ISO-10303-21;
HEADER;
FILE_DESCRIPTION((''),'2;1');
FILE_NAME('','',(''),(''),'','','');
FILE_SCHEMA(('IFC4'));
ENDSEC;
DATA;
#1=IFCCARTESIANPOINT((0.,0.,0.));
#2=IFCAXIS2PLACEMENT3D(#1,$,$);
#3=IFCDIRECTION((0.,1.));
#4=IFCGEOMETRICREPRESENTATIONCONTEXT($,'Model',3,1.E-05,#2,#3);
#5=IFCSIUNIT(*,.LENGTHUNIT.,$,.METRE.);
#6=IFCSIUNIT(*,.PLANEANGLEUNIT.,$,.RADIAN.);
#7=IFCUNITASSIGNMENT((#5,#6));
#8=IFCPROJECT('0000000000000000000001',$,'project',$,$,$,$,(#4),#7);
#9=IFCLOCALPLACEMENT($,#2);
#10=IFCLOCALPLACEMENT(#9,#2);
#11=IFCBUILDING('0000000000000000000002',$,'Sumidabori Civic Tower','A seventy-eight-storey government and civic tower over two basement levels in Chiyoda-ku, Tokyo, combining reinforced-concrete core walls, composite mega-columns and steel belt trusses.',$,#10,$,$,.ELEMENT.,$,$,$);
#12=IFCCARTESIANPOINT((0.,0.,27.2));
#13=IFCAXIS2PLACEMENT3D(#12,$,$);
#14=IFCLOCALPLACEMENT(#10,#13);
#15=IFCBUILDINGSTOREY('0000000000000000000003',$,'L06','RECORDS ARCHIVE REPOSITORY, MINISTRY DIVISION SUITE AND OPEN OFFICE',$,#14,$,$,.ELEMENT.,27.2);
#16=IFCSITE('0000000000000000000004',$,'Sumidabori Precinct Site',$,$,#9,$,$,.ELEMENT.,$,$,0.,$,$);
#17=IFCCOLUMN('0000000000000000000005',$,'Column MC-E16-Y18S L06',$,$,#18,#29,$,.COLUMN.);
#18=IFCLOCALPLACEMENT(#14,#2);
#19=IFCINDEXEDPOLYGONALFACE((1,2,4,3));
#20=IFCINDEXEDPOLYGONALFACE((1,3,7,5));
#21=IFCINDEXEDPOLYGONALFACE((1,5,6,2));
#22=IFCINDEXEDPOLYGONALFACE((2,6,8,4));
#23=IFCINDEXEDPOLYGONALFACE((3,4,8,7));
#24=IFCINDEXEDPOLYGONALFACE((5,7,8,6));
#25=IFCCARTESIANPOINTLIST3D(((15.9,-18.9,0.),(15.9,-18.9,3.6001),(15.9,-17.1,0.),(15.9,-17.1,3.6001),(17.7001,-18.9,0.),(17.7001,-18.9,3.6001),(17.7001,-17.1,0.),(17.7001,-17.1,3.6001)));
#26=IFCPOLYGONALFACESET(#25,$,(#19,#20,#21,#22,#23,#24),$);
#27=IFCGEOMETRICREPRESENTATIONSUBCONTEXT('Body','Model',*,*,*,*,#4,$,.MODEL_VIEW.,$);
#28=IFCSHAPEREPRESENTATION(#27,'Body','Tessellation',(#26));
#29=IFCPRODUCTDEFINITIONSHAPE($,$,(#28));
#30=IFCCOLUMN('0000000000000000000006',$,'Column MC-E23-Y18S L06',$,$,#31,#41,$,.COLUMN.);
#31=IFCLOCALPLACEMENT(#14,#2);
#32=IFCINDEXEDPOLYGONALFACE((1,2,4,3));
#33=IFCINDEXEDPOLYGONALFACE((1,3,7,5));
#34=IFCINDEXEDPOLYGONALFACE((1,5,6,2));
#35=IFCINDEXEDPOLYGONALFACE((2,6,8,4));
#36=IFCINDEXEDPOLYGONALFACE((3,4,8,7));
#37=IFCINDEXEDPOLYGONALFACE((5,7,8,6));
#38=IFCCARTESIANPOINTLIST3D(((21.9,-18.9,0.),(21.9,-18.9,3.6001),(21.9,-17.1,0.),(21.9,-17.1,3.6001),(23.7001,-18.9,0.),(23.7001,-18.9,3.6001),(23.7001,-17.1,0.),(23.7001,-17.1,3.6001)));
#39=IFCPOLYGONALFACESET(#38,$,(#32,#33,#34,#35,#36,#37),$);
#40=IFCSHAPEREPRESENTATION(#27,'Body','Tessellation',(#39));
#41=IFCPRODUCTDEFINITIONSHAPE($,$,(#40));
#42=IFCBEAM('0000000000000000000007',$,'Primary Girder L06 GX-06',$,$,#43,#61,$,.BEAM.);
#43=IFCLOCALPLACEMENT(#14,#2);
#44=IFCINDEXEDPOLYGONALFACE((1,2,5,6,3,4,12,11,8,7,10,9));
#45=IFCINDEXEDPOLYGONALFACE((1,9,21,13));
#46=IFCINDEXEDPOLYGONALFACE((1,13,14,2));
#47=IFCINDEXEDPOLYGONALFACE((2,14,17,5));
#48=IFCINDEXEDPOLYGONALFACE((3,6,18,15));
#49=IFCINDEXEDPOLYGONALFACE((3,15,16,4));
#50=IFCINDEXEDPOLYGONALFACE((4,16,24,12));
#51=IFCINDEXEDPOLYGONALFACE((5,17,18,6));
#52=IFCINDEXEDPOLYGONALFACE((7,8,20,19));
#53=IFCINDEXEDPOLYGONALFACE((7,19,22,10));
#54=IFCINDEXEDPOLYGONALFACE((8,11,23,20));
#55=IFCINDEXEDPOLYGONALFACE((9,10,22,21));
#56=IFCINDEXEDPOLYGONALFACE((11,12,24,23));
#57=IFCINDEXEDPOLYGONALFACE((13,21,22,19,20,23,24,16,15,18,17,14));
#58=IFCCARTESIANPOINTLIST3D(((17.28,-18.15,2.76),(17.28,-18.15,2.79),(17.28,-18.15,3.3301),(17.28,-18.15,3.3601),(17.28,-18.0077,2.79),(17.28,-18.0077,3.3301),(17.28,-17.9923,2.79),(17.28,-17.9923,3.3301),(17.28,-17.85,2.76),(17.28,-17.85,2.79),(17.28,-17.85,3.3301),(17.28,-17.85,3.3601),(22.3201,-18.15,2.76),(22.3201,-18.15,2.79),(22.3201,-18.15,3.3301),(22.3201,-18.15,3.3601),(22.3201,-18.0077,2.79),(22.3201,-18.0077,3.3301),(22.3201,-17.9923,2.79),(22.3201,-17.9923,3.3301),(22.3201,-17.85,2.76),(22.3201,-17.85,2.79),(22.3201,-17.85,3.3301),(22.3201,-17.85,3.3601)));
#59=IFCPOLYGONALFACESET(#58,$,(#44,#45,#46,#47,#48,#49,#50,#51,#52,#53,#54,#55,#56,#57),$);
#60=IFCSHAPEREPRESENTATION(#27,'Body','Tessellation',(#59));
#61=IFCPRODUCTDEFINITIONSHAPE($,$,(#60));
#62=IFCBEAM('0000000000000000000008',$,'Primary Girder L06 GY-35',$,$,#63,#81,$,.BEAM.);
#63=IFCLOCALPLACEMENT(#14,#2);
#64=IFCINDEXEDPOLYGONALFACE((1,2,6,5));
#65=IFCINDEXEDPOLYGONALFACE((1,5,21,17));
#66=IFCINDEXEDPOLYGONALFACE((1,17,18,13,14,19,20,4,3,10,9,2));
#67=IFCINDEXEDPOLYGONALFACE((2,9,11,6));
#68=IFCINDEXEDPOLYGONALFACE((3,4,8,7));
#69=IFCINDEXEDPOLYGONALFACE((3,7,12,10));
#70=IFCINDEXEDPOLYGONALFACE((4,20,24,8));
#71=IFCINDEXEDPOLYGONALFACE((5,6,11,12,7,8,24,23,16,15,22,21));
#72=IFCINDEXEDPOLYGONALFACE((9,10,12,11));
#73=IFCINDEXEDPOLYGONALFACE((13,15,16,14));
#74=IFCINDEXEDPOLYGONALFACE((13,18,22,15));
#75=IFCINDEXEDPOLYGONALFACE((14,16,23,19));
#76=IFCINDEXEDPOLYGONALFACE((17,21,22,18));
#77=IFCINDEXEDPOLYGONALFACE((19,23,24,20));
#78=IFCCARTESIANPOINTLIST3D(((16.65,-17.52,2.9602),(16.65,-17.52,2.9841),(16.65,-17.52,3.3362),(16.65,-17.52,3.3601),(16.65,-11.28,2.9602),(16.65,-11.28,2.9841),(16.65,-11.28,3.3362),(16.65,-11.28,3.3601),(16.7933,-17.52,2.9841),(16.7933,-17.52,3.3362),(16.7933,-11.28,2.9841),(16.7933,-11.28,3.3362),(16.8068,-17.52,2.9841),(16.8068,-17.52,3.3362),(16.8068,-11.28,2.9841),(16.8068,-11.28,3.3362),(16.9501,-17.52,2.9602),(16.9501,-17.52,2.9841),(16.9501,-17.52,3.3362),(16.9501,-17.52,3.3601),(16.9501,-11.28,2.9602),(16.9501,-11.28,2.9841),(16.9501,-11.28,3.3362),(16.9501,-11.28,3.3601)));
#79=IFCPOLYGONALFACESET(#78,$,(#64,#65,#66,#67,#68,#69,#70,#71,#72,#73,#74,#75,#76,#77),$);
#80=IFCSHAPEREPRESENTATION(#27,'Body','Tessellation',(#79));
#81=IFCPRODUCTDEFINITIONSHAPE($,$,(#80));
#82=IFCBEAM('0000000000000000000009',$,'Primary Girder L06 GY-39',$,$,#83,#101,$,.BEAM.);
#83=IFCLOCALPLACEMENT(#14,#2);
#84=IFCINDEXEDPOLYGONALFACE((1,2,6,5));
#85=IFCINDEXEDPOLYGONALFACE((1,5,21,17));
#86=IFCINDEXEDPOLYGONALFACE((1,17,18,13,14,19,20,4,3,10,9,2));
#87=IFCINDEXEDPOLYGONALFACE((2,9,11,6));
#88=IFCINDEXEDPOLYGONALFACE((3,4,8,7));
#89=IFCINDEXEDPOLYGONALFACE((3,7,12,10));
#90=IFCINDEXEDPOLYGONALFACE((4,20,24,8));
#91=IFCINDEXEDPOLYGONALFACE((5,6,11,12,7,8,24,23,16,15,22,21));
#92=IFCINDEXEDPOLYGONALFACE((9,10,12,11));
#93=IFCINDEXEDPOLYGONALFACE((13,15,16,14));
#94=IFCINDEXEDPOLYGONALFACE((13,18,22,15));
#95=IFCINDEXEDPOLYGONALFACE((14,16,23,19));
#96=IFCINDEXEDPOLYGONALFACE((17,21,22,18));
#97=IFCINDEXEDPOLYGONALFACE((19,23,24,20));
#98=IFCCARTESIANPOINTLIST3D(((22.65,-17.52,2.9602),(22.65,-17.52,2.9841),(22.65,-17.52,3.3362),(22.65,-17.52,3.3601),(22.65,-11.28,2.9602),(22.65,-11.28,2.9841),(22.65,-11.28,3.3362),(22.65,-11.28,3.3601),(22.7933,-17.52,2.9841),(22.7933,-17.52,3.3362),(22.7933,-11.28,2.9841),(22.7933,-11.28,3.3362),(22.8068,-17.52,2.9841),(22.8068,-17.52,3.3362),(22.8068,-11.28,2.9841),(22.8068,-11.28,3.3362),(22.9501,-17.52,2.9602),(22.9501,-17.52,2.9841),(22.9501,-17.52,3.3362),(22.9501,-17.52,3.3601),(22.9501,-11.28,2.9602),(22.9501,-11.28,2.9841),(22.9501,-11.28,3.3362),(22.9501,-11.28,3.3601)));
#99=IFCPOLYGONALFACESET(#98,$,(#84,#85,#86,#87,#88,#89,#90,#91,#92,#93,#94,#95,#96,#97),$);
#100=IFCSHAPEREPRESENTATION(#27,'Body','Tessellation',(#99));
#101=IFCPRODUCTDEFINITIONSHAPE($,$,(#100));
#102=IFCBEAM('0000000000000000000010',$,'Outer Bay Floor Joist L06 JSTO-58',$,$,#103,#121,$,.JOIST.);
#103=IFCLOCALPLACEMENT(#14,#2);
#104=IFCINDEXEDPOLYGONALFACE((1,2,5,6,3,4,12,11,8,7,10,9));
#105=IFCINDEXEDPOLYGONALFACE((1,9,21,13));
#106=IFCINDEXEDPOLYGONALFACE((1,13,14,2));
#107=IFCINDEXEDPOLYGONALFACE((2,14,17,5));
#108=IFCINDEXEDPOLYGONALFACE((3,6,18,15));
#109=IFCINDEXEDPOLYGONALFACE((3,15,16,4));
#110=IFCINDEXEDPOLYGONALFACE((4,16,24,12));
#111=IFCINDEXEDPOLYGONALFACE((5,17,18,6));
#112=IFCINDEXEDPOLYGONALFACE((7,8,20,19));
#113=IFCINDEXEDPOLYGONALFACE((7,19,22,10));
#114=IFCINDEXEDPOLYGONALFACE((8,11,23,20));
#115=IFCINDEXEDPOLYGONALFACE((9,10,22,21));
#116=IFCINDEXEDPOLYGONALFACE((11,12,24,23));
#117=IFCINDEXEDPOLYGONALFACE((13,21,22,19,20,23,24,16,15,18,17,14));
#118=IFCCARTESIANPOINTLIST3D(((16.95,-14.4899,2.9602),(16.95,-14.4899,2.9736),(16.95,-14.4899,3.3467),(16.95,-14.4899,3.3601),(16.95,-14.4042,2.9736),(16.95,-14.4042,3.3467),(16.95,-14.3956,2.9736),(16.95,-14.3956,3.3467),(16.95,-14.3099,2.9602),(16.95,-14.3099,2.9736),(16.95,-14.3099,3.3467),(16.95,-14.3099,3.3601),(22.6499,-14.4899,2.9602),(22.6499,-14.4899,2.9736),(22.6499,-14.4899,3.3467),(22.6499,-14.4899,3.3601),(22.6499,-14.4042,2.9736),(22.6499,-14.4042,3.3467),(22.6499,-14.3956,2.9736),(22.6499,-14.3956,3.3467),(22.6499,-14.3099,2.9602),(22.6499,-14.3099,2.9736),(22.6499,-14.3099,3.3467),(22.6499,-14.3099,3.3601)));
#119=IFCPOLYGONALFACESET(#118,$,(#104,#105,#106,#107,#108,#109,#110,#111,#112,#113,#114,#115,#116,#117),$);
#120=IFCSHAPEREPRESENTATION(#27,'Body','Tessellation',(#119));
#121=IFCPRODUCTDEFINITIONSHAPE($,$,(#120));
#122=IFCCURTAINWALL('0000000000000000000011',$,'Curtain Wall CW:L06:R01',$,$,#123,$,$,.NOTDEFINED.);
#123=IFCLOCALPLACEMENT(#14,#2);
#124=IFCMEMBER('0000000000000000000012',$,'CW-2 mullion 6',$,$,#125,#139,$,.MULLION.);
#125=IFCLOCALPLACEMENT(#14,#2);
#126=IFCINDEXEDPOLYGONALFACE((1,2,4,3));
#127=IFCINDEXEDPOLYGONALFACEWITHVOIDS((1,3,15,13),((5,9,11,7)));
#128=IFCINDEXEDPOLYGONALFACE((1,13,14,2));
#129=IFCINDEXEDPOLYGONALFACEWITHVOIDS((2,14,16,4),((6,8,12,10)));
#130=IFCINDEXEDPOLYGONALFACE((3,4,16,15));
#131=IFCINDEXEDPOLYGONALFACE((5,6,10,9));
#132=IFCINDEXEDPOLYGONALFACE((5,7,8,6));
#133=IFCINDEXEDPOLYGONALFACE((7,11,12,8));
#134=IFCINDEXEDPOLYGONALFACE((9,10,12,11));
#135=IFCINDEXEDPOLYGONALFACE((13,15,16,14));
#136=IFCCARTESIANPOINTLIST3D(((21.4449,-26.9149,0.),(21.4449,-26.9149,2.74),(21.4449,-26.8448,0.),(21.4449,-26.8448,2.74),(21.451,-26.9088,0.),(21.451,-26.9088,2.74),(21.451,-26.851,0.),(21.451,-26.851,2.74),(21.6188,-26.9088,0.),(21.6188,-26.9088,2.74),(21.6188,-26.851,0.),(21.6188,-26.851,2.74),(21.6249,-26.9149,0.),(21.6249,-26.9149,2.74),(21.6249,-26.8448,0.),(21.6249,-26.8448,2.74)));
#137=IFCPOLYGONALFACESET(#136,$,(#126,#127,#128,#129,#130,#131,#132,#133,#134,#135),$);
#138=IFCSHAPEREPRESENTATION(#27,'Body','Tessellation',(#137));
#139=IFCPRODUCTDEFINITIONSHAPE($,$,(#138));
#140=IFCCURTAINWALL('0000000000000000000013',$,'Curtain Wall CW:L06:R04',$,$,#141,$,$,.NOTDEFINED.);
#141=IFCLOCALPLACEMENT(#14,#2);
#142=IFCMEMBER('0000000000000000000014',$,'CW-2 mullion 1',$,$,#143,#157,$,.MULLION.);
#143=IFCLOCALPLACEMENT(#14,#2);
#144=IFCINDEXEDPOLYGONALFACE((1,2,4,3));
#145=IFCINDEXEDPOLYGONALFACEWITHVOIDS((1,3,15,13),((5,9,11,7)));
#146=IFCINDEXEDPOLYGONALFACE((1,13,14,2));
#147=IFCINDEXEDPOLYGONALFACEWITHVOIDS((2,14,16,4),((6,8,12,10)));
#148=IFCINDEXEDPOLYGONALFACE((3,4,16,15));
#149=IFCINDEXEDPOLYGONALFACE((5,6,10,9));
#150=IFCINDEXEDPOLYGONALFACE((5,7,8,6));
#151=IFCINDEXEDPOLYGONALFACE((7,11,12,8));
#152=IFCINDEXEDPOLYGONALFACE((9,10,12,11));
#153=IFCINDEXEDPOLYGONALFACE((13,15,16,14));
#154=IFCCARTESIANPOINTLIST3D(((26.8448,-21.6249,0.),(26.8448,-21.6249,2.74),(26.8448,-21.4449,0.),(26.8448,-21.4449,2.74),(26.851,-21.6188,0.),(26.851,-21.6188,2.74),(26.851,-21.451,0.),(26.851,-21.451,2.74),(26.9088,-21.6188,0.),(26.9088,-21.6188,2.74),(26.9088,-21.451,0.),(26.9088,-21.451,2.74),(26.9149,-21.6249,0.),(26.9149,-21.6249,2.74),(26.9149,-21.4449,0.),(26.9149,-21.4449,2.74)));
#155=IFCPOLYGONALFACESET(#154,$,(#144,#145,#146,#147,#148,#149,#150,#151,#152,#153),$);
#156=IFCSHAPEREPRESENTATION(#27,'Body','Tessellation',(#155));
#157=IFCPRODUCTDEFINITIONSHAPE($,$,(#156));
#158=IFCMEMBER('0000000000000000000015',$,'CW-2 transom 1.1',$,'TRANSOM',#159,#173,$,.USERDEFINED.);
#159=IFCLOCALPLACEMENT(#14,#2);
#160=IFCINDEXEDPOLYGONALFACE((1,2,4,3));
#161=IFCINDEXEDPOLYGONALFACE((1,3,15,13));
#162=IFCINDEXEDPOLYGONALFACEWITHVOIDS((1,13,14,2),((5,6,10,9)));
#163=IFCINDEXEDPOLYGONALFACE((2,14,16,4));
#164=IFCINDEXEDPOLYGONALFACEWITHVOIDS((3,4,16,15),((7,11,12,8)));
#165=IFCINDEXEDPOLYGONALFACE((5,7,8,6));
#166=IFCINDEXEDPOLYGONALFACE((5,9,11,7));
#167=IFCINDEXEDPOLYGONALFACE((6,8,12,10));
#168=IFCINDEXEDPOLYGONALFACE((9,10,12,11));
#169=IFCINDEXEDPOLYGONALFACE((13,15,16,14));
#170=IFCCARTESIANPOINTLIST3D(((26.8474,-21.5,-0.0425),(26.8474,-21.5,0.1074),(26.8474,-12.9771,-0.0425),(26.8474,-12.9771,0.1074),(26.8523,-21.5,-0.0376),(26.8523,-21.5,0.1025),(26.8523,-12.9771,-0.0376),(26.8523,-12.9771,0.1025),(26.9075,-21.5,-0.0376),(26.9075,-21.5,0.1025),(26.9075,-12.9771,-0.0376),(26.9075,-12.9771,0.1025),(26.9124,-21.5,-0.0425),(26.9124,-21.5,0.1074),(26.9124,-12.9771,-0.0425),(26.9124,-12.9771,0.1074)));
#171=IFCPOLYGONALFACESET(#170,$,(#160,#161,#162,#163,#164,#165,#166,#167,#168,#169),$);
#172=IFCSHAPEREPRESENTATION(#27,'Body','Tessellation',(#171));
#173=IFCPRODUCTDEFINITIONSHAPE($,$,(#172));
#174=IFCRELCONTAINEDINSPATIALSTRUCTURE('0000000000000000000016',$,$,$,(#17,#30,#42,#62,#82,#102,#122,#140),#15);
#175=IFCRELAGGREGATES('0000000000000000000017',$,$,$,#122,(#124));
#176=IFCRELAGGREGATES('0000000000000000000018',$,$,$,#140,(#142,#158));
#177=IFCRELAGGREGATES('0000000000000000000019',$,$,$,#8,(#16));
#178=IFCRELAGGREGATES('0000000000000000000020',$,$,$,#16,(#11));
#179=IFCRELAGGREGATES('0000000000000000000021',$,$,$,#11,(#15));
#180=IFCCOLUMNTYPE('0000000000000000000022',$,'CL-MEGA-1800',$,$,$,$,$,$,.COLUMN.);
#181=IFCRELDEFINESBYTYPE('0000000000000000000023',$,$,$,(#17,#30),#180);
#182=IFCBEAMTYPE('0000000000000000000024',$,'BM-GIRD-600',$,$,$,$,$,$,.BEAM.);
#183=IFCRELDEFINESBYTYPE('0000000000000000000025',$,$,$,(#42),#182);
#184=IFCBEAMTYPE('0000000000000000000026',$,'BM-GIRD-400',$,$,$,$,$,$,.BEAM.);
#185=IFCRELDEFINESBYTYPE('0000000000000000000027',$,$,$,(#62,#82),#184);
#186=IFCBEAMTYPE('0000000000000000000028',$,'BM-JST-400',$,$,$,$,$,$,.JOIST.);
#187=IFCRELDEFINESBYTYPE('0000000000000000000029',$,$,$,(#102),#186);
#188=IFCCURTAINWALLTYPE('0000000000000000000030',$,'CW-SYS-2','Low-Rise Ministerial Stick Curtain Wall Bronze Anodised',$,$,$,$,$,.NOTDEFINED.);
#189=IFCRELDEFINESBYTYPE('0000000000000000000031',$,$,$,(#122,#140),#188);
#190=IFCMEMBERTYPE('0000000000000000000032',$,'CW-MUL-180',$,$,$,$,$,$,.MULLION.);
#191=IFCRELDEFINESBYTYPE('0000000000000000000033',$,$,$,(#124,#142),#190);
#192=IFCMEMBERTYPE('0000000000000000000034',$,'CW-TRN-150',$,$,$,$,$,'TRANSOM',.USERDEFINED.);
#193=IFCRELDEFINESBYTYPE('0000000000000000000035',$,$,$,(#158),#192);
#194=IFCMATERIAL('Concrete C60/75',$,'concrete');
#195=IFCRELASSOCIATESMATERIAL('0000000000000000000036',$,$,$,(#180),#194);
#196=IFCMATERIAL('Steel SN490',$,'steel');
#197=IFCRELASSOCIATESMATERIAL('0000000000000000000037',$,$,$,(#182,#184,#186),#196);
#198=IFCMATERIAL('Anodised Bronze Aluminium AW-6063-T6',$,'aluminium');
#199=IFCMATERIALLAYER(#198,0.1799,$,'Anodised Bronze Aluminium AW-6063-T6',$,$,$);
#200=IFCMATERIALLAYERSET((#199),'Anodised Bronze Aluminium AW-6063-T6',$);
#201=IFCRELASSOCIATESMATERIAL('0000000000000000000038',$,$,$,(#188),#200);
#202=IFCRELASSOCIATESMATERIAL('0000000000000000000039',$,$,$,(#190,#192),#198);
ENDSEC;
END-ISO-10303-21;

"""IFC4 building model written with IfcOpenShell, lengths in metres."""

from ifc_helpers import new_model, si_unit, direction, frame, origin, origin_2d, place, context, subcontext, project, spatial, rectangle, hollow_rectangle, i_section, extrude, source, transform, mapped, material, layer, layer_set, material_profile, profile_set, type_object, element, aggregate, save


model = new_model("IFC4")

# Units and contexts
model_context = context("Model", 3, precision=1e-05, world=origin(), true_north=direction((0.0, 1.0)))
body_context = subcontext(model_context, "Body", "Model", "MODEL_VIEW")
ifc_project = project(units=[si_unit("LENGTHUNIT", "METRE"), si_unit("PLANEANGLEUNIT", "RADIAN")], contexts=[model_context])

# Site, building, storey
site_placement = place(None, origin())
site = spatial("IfcSite", under=ifc_project, at=site_placement, Name="Sumidabori Precinct Site", CompositionType="ELEMENT", RefElevation=0.0)
building_placement = place(site_placement, origin())
building = spatial("IfcBuilding", under=site, at=building_placement, Name="Sumidabori Civic Tower", Description="A seventy-eight-storey government and civic tower over two basement levels in Chiyoda-ku, Tokyo, combining reinforced-concrete core walls, composite mega-columns and steel belt trusses.", CompositionType="ELEMENT")
storey_placement = place(building_placement, frame((0.0, 0.0, 27.2)))
storey = spatial("IfcBuildingStorey", under=building, at=storey_placement, Name="L06", Description="RECORDS ARCHIVE REPOSITORY, MINISTRY DIVISION SUITE AND OPEN OFFICE", CompositionType="ELEMENT", Elevation=27.2)

# Columns
ifc_material_1 = material(Name="Concrete C60/75", Category="concrete")
ifc_material_profile_1 = material_profile(ifc_material_1, rectangle(XDim=1.8, YDim=1.8, at=origin_2d()), Name="RC 1800x1800")
ifc_profile_set_1 = profile_set([ifc_material_profile_1], Name="Concrete C60/75")
column_type = type_object("IfcColumnType", Name="CL-MEGA-1800", PredefinedType="COLUMN", material=ifc_profile_set_1)
shared_shape_1 = source(origin(), body_context, "Body", "SweptSolid", [
    extrude(rectangle(XDim=1.8, YDim=1.8, at=origin_2d()), origin(), (0.0, 0.0, 1.0), 3.6001),
])
for number, where, z_axis, x_axis, name in (
    (1, (16.8, -18.0, 0.0), (0.0, 0.0, 1.0), (1.0, 0.0, 0.0), "Column MC-E16-Y18S L06"),
    (2, (22.8, -18.0, 0.0), (0.0, 0.0, 1.0), (1.0, 0.0, 0.0), "Column MC-E23-Y18S L06"),
):
    element("IfcColumn", number, at=place(storey_placement, frame(where, z_axis=z_axis, x_axis=x_axis)), inside=storey, type_object=column_type, Name=name, PredefinedType="COLUMN", context=body_context, shape_type="MappedRepresentation", body=[
        mapped(shared_shape_1, transform((0.0, 0.0, 0.0), x_axis=(1.0, 0.0, 0.0), y_axis=(0.0, 1.0, 0.0), z_axis=(0.0, 0.0, 1.0), scale=1.0)),
    ])

# Beams
ifc_material_2 = material(Name="Steel SN490", Category="steel")
ifc_material_profile_2 = material_profile(ifc_material_2, i_section(OverallWidth=0.3, OverallDepth=0.6001, WebThickness=0.0154, FlangeThickness=0.03, at=origin_2d()), Name="HE 600 B")
ifc_profile_set_2 = profile_set([ifc_material_profile_2], Name="Steel SN490")
beam_type_1 = type_object("IfcBeamType", Name="BM-GIRD-600", PredefinedType="BEAM", material=ifc_profile_set_2)
shared_shape_2 = source(origin(), body_context, "Body", "SweptSolid", [
    extrude(i_section(OverallWidth=0.3, OverallDepth=0.6001, WebThickness=0.0154, FlangeThickness=0.03, at=origin_2d()), origin(), (0.0, 0.0, 1.0), 5.04),
])
beam_1_placement = place(storey_placement, frame((17.28, -18.0, 3.0601), z_axis=(1.0, 0.0, 0.0), x_axis=(0.0, 1.0, 0.0)))
element("IfcBeam", 3, at=beam_1_placement, inside=storey, type_object=beam_type_1, Name="Primary Girder L06 GX-06", PredefinedType="BEAM", context=body_context, shape_type="MappedRepresentation", body=[
    mapped(shared_shape_2, transform((0.0, 0.0, 0.0), x_axis=(1.0, 0.0, 0.0), y_axis=(0.0, 1.0, 0.0), z_axis=(0.0, 0.0, 1.0), scale=1.0)),
])
ifc_material_profile_3 = material_profile(ifc_material_2, i_section(OverallWidth=0.3, OverallDepth=0.3999, WebThickness=0.0134, FlangeThickness=0.0239, at=origin_2d()), Name="HE 400 B")
ifc_profile_set_3 = profile_set([ifc_material_profile_3], Name="Steel SN490")
beam_type_2 = type_object("IfcBeamType", Name="BM-GIRD-400", PredefinedType="BEAM", material=ifc_profile_set_3)
shared_shape_3 = source(origin(), body_context, "Body", "SweptSolid", [
    extrude(i_section(OverallWidth=0.3, OverallDepth=0.3999, WebThickness=0.0134, FlangeThickness=0.0239, at=origin_2d()), origin(), (0.0, 0.0, 1.0), 6.24),
])
for number, where, z_axis, x_axis, name in (
    (4, (16.8, -17.52, 3.1602), (0.0, 1.0, 0.0), (-1.0, 0.0, 0.0), "Primary Girder L06 GY-35"),
    (5, (22.8, -17.52, 3.1602), (0.0, 1.0, 0.0), (-1.0, 0.0, 0.0), "Primary Girder L06 GY-39"),
):
    element("IfcBeam", number, at=place(storey_placement, frame(where, z_axis=z_axis, x_axis=x_axis)), inside=storey, type_object=beam_type_2, Name=name, PredefinedType="BEAM", context=body_context, shape_type="MappedRepresentation", body=[
        mapped(shared_shape_3, transform((0.0, 0.0, 0.0), x_axis=(1.0, 0.0, 0.0), y_axis=(0.0, 1.0, 0.0), z_axis=(0.0, 0.0, 1.0), scale=1.0)),
    ])
ifc_material_profile_4 = material_profile(ifc_material_2, i_section(OverallWidth=0.1799, OverallDepth=0.3999, WebThickness=0.0085, FlangeThickness=0.0134, at=origin_2d()), Name="IPE 400")
ifc_profile_set_4 = profile_set([ifc_material_profile_4], Name="Steel SN490")
beam_type_3 = type_object("IfcBeamType", Name="BM-JST-400", PredefinedType="JOIST", material=ifc_profile_set_4)
shared_shape_4 = source(origin(), body_context, "Body", "SweptSolid", [
    extrude(i_section(OverallWidth=0.1799, OverallDepth=0.3999, WebThickness=0.0085, FlangeThickness=0.0134, at=origin_2d()), origin(), (0.0, 0.0, 1.0), 5.7),
])
beam_2_placement = place(storey_placement, frame((16.95, -14.3999, 3.1602), z_axis=(1.0, 0.0, 0.0), x_axis=(0.0, 1.0, 0.0)))
element("IfcBeam", 6, at=beam_2_placement, inside=storey, type_object=beam_type_3, Name="Outer Bay Floor Joist L06 JSTO-58", PredefinedType="JOIST", context=body_context, shape_type="MappedRepresentation", body=[
    mapped(shared_shape_4, transform((0.0, 0.0, 0.0), x_axis=(1.0, 0.0, 0.0), y_axis=(0.0, 1.0, 0.0), z_axis=(0.0, 0.0, 1.0), scale=1.0)),
])

# Curtain wall, member
ifc_material_3 = material(Name="Anodised Bronze Aluminium AW-6063-T6", Category="aluminium")
ifc_layer_1 = layer(ifc_material_3, 0.1799, Name="Anodised Bronze Aluminium AW-6063-T6")
ifc_layer_set_1 = layer_set([ifc_layer_1], Name="Anodised Bronze Aluminium AW-6063-T6")
curtain_wall_type = type_object("IfcCurtainWallType", Name="CW-SYS-2", Description="Low-Rise Ministerial Stick Curtain Wall Bronze Anodised", PredefinedType="NOTDEFINED", material=ifc_layer_set_1)
curtain_wall_1_placement = place(storey_placement, origin())
curtain_wall_1 = element("IfcCurtainWall", 7, at=curtain_wall_1_placement, inside=storey, type_object=curtain_wall_type, Name="Curtain Wall CW:L06:R01", PredefinedType="NOTDEFINED")
ifc_material_profile_5 = material_profile(ifc_material_3, hollow_rectangle(XDim=0.0701, YDim=0.1799, WallThickness=0.0061, at=origin_2d()), Name="ALU MULLION 180x70")
ifc_profile_set_5 = profile_set([ifc_material_profile_5], Name="Anodised Bronze Aluminium AW-6063-T6")
member_type_1 = type_object("IfcMemberType", Name="CW-MUL-180", PredefinedType="MULLION", material=ifc_profile_set_5)
shared_shape_5 = source(origin(), body_context, "Body", "SweptSolid", [
    extrude(hollow_rectangle(XDim=0.0701, YDim=0.1799, WallThickness=0.0061, at=origin_2d()), origin(), (0.0, 0.0, 1.0), 2.74),
])
member_1_placement = place(storey_placement, frame((21.5349, -26.8799, 0.0), z_axis=(0.0, 0.0, 1.0), x_axis=(0.0, 1.0, 0.0)))
member_1 = element("IfcMember", 8, at=member_1_placement, type_object=member_type_1, Name="CW-2 mullion 6", PredefinedType="MULLION", context=body_context, shape_type="MappedRepresentation", body=[
    mapped(shared_shape_5, transform((0.0, 0.0, 0.0), x_axis=(1.0, 0.0, 0.0), y_axis=(0.0, 1.0, 0.0), z_axis=(0.0, 0.0, 1.0), scale=1.0)),
])

# Curtain wall, members
curtain_wall_2_placement = place(storey_placement, origin())
curtain_wall_2 = element("IfcCurtainWall", 9, at=curtain_wall_2_placement, inside=storey, type_object=curtain_wall_type, Name="Curtain Wall CW:L06:R04", PredefinedType="NOTDEFINED")
member_2_placement = place(storey_placement, frame((26.8799, -21.5349, 0.0), z_axis=(0.0, 0.0, 1.0), x_axis=(-1.0, 0.0, 0.0)))
member_2 = element("IfcMember", 10, at=member_2_placement, type_object=member_type_1, Name="CW-2 mullion 1", PredefinedType="MULLION", context=body_context, shape_type="MappedRepresentation", body=[
    mapped(shared_shape_5, transform((0.0, 0.0, 0.0), x_axis=(1.0, 0.0, 0.0), y_axis=(0.0, 1.0, 0.0), z_axis=(0.0, 0.0, 1.0), scale=1.0)),
])
ifc_material_profile_6 = material_profile(ifc_material_3, hollow_rectangle(XDim=0.0649, YDim=0.1499, WallThickness=0.0049, at=origin_2d()), Name="ALU TRANSOM 150x65")
ifc_profile_set_6 = profile_set([ifc_material_profile_6], Name="Anodised Bronze Aluminium AW-6063-T6")
member_type_2 = type_object("IfcMemberType", Name="CW-TRN-150", ElementType="TRANSOM", PredefinedType="USERDEFINED", material=ifc_profile_set_6)
shared_shape_6 = source(origin(), body_context, "Body", "SweptSolid", [
    extrude(hollow_rectangle(XDim=0.0649, YDim=0.1499, WallThickness=0.0049, at=origin_2d()), origin(), (0.0, 0.0, 1.0), 8.5229),
])
member_3_placement = place(storey_placement, frame((26.8799, -21.5, 0.0325), z_axis=(0.0, 1.0, 0.0), x_axis=(-1.0, 0.0, 0.0)))
member_3 = element("IfcMember", 11, at=member_3_placement, type_object=member_type_2, Name="CW-2 transom 1.1", ObjectType="TRANSOM", PredefinedType="USERDEFINED", context=body_context, shape_type="MappedRepresentation", body=[
    mapped(shared_shape_6, transform((0.0, 0.0, 0.0), x_axis=(1.0, 0.0, 0.0), y_axis=(0.0, 1.0, 0.0), z_axis=(0.0, 0.0, 1.0), scale=1.0)),
])

aggregate(curtain_wall_1, [member_1])
aggregate(curtain_wall_2, [member_2, member_3])

save(model, "model.ifc")
